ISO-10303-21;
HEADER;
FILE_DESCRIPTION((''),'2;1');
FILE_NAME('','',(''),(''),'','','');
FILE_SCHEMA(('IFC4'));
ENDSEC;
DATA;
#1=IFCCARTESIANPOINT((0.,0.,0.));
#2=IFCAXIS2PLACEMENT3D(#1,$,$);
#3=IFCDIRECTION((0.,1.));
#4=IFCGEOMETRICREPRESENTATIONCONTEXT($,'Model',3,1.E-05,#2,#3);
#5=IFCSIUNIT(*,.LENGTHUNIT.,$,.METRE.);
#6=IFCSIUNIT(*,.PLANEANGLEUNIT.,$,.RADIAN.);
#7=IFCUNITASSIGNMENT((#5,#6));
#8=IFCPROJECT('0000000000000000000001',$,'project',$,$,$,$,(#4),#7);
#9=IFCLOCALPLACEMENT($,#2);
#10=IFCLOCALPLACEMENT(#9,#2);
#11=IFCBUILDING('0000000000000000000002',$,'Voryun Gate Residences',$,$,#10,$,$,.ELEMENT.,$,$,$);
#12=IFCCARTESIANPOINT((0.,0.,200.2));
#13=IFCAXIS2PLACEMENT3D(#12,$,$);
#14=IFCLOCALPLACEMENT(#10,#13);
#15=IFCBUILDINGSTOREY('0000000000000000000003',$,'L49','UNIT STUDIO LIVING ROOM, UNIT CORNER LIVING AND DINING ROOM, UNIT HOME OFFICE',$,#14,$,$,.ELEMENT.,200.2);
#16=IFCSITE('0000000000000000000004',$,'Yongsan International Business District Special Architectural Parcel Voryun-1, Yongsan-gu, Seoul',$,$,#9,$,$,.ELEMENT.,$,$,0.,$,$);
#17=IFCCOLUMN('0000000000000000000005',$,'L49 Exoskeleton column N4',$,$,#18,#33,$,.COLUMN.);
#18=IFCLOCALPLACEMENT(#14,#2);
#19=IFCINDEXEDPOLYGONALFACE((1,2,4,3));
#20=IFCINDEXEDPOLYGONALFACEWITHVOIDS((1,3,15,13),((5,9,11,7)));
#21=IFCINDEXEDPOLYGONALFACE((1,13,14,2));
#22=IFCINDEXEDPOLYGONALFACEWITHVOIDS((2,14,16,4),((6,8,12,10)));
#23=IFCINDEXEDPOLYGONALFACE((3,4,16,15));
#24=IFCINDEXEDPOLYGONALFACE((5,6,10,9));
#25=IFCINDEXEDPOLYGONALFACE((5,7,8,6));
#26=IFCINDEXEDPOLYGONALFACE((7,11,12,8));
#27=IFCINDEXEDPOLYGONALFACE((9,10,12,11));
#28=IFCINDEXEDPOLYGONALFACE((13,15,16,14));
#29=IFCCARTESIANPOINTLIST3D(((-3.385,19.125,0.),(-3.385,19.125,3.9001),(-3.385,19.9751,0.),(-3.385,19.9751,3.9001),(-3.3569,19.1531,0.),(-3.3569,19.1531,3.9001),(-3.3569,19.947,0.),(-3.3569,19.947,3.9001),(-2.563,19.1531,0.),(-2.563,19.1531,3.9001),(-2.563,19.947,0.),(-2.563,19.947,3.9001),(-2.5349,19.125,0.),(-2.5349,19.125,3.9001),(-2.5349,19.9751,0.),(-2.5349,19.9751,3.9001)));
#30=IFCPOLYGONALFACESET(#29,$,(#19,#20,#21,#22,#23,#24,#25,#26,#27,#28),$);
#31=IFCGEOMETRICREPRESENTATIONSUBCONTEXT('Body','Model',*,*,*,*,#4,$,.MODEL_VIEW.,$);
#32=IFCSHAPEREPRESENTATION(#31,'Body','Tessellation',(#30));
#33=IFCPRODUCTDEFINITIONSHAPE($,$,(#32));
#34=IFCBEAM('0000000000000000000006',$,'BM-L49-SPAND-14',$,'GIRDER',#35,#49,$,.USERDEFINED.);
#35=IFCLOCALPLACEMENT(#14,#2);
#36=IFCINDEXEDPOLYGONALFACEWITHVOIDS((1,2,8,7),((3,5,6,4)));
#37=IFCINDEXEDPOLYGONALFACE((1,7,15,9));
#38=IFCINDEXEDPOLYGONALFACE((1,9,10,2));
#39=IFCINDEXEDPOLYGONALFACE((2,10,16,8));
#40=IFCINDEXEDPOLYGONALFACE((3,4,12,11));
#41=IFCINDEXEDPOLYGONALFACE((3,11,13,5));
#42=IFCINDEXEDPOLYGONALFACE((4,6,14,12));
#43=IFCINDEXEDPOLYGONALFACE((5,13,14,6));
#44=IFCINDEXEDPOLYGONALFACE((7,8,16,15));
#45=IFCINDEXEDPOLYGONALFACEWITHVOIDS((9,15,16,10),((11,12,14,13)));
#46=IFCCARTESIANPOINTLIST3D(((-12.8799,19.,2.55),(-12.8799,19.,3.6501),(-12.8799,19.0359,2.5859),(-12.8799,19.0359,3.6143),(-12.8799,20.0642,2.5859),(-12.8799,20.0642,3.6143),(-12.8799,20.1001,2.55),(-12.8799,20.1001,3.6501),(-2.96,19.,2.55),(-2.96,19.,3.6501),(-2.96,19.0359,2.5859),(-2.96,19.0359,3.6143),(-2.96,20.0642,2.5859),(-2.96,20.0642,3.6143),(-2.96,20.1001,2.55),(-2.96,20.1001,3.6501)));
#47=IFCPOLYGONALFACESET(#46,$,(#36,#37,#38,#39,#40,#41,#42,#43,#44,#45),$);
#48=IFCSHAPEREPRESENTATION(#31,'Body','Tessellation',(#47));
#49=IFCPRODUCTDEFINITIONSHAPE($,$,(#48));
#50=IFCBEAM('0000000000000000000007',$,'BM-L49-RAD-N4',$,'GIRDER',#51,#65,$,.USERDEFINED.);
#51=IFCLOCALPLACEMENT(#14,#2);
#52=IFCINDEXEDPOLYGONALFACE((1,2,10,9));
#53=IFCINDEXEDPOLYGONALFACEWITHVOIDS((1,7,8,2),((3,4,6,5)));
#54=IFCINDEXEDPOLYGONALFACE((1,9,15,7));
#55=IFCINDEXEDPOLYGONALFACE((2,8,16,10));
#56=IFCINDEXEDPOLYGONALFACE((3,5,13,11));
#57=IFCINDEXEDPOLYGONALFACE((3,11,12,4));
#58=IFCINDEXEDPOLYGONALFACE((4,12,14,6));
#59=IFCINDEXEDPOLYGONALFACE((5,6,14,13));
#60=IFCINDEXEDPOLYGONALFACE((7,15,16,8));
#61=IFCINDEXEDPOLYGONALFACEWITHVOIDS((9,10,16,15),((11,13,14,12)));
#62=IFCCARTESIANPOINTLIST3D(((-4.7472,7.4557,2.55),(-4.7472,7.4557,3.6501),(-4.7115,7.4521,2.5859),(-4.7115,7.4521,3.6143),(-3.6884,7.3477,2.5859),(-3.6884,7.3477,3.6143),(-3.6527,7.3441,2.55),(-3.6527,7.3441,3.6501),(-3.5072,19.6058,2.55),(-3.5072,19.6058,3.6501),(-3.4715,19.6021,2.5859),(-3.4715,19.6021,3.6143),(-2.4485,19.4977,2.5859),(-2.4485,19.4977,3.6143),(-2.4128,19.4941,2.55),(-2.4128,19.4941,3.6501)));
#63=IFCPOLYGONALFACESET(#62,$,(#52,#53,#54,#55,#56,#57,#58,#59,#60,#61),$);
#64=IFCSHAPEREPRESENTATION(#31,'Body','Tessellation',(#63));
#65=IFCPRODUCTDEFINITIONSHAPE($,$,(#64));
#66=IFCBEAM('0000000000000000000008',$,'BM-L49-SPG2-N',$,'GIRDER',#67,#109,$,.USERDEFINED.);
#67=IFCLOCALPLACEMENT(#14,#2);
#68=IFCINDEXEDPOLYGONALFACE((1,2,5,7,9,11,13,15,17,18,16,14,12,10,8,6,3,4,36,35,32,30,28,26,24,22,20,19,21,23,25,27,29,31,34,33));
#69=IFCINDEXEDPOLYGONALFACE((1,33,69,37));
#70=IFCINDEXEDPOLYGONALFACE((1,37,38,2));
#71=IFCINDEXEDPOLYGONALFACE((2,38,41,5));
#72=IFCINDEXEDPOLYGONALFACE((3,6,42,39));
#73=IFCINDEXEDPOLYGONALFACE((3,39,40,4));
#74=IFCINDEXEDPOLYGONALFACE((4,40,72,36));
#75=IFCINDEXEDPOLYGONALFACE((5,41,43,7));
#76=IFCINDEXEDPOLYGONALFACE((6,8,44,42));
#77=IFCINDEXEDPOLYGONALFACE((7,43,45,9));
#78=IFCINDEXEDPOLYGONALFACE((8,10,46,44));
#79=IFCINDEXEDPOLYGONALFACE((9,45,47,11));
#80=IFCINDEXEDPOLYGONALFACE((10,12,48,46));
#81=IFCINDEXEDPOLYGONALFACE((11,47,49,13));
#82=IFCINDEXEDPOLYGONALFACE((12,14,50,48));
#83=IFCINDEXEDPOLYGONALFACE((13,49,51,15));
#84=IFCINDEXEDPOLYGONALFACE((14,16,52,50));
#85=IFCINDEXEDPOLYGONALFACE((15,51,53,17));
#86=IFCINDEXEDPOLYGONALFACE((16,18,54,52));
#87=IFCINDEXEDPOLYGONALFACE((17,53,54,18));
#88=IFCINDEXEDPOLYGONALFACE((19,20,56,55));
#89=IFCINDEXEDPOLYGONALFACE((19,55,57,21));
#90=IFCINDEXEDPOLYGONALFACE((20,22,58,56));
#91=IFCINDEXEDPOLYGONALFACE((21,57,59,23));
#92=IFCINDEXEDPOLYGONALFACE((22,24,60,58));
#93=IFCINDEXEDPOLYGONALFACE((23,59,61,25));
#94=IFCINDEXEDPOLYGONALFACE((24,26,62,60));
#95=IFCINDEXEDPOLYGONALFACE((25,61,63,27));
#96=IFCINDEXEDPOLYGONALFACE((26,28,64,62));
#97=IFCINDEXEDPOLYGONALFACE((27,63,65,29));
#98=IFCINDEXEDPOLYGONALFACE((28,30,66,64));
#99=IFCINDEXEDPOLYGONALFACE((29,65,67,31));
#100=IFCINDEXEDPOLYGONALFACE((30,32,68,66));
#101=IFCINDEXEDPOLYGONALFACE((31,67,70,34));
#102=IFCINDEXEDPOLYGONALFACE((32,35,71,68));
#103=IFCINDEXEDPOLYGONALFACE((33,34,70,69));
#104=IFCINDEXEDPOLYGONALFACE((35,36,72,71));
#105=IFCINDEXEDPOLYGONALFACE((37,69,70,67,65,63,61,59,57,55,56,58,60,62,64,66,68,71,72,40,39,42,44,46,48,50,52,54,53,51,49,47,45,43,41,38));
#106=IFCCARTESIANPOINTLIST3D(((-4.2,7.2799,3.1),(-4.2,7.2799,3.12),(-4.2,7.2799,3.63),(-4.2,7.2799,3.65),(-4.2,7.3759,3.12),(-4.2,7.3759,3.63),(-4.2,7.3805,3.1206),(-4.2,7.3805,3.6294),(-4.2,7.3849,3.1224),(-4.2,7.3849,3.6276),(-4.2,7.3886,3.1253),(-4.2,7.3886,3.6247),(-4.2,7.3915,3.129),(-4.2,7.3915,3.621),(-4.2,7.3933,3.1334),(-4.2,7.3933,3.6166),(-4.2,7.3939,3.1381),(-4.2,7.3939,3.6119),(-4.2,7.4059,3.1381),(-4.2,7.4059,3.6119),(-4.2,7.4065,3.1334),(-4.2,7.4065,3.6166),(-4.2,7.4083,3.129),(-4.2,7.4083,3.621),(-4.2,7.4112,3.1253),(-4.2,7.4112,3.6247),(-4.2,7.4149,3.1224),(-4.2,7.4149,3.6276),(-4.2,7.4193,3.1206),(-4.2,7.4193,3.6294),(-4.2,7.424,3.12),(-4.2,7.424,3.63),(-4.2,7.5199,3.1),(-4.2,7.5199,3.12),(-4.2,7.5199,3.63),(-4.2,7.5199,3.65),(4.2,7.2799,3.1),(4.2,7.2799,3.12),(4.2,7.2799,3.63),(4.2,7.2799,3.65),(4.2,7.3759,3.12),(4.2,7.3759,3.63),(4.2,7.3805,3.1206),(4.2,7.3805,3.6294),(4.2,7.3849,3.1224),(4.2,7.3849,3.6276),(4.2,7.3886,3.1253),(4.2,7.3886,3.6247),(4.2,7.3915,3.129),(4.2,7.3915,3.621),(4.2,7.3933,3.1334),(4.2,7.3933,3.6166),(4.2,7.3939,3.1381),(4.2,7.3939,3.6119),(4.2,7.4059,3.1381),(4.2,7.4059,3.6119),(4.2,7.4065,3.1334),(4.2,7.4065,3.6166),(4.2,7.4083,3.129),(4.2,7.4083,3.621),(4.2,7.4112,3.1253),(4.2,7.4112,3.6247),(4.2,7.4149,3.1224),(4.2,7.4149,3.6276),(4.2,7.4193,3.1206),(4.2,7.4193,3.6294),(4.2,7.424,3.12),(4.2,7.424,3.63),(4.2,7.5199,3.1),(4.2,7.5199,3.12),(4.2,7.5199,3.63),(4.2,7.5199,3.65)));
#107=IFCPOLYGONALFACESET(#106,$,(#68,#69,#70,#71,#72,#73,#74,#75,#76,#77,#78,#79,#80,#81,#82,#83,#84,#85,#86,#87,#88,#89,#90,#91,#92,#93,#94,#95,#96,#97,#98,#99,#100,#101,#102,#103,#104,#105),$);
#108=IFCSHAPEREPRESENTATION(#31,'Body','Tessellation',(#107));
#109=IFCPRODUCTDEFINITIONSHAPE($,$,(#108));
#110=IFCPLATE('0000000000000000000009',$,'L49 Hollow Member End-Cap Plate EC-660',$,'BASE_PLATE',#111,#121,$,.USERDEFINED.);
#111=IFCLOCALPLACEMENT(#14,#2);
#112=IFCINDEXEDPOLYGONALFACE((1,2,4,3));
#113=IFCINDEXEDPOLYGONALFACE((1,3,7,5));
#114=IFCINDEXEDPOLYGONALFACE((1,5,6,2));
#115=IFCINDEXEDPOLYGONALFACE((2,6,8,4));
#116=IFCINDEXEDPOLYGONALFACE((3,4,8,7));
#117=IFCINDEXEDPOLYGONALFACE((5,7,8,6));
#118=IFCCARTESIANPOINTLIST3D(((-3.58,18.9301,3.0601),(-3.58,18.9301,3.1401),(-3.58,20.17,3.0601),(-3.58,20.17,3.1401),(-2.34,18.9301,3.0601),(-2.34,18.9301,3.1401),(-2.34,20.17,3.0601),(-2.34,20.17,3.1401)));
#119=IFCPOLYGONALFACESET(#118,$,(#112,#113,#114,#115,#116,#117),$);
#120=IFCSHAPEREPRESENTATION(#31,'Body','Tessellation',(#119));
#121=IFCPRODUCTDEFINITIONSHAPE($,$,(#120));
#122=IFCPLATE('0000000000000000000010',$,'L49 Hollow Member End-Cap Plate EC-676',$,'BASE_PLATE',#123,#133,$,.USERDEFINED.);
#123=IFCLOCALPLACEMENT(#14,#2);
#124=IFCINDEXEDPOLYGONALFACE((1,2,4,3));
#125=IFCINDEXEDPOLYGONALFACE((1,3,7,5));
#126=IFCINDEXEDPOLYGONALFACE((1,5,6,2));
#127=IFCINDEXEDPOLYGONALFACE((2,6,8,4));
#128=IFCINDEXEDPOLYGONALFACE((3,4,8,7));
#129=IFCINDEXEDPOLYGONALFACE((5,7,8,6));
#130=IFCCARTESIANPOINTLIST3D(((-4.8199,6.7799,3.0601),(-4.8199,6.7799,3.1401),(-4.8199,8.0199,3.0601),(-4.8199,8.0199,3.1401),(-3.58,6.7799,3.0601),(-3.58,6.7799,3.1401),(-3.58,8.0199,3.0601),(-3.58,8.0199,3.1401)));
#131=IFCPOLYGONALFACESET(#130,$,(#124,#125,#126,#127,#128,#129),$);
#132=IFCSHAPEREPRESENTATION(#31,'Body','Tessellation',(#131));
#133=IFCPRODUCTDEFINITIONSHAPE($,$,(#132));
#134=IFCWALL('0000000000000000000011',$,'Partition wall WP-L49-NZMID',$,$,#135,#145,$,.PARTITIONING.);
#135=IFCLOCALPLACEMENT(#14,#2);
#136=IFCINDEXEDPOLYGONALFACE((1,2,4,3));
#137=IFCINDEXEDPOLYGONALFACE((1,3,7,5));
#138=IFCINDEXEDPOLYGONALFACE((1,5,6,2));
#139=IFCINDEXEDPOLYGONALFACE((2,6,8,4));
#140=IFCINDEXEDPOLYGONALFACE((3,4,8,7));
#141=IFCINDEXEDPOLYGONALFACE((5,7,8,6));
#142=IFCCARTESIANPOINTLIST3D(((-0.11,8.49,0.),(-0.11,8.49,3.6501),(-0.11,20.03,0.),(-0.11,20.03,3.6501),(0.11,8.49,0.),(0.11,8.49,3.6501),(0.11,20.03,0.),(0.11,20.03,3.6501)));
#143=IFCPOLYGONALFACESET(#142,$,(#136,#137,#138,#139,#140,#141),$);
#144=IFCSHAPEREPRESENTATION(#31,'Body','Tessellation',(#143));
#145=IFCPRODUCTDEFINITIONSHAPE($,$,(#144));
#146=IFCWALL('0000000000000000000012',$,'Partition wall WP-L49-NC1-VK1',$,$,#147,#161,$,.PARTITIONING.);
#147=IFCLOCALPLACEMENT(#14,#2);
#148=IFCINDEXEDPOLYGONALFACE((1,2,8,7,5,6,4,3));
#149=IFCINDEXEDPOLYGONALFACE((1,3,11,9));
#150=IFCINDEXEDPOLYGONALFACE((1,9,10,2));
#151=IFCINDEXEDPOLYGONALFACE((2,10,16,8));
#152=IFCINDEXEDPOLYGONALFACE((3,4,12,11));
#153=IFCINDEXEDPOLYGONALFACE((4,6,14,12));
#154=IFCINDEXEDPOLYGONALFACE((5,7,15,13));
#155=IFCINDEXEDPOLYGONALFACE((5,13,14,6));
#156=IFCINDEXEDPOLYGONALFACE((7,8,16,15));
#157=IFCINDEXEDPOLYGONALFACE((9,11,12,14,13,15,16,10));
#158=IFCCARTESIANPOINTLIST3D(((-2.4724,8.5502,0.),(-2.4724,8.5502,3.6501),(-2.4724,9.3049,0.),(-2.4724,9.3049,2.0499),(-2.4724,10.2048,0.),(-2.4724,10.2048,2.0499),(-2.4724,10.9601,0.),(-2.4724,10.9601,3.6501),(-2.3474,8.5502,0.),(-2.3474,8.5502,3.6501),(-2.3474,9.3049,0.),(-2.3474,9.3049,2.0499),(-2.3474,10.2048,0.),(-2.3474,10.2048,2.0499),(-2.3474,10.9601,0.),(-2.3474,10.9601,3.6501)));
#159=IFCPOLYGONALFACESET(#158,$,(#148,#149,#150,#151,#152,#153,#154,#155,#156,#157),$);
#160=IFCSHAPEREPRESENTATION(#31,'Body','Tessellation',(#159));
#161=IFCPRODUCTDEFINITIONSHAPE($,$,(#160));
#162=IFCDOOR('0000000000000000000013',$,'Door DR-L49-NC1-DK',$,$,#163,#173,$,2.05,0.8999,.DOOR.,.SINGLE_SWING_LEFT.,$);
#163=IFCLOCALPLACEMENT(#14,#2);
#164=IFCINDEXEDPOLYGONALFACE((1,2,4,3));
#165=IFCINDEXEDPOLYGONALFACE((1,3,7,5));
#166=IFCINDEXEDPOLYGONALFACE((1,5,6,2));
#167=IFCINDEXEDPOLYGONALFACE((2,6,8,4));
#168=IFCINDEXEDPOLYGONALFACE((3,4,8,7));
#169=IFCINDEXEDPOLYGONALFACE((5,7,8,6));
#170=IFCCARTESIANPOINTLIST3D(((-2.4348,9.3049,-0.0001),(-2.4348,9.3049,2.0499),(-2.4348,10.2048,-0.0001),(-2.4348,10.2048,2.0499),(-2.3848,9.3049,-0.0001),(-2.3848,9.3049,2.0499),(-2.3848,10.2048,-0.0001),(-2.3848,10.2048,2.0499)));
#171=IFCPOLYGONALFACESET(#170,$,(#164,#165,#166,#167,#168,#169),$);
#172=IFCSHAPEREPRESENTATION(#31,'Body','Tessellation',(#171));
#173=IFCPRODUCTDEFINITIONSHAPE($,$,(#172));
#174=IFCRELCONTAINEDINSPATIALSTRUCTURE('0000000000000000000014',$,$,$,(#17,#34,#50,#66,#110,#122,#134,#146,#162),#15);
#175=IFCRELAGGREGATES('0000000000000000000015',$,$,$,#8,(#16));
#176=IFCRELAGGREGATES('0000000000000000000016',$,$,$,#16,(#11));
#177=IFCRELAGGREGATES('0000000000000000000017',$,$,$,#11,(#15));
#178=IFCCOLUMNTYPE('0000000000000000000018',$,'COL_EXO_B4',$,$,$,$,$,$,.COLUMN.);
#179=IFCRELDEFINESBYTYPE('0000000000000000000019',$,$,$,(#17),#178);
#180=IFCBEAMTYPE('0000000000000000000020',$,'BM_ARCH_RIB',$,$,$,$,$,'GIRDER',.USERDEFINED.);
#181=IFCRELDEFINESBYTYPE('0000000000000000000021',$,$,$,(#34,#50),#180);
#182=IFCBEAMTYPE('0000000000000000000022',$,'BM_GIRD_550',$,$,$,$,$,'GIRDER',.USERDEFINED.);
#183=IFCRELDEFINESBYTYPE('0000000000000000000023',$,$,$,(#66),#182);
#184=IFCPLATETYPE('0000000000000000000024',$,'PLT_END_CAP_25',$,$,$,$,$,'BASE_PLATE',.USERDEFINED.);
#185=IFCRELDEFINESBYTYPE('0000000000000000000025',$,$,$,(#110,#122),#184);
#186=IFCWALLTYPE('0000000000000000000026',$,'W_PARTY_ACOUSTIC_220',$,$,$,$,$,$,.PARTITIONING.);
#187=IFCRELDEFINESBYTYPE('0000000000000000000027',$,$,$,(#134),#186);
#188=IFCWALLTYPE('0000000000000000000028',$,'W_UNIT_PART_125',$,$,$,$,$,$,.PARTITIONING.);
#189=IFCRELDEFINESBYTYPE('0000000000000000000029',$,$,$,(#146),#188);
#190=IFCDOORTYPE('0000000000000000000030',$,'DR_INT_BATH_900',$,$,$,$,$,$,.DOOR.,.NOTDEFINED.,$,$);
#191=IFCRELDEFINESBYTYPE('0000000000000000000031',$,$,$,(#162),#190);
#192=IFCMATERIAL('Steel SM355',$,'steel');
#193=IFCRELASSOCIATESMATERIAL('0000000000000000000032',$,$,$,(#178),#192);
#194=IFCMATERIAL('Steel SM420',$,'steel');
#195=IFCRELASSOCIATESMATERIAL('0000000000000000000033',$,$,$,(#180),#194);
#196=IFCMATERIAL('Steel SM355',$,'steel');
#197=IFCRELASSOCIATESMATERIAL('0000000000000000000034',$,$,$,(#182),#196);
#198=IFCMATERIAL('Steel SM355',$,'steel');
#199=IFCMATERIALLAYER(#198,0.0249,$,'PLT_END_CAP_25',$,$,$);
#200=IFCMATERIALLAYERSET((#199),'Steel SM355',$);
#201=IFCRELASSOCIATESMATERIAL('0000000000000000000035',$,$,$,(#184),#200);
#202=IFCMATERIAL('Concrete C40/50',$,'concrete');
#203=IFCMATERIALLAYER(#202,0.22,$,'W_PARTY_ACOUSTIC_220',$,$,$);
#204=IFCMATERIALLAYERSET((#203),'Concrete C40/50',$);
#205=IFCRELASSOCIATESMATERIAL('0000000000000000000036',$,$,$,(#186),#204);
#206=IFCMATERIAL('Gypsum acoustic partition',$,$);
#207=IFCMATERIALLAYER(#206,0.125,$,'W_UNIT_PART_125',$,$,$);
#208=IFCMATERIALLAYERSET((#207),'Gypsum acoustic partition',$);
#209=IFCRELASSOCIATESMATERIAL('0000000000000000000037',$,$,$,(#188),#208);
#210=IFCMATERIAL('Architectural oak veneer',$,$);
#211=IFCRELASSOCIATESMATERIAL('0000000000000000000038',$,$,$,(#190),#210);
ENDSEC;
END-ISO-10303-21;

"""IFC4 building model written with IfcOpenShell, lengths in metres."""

from ifc_helpers import new_model, si_unit, direction, frame, frame_2d, origin, origin_2d, place, context, subcontext, project, spatial, rectangle, hollow_rectangle, i_section, extrude, material, layer, layer_set, material_profile, profile_set, type_object, element, fill, save


model = new_model("IFC4")

# Units and contexts
model_context = context("Model", 3, precision=1e-05, world=origin(), true_north=direction((0.0, 1.0)))
body_context = subcontext(model_context, "Body", "Model", "MODEL_VIEW")
ifc_project = project(units=[si_unit("LENGTHUNIT", "METRE"), si_unit("PLANEANGLEUNIT", "RADIAN")], contexts=[model_context])

# Site, building, storey
site_placement = place(None, origin())
site = spatial("IfcSite", under=ifc_project, at=site_placement, Name="Yongsan International Business District Special Architectural Parcel Voryun-1, Yongsan-gu, Seoul", CompositionType="ELEMENT", RefElevation=0.0)
building_placement = place(site_placement, origin())
building = spatial("IfcBuilding", under=site, at=building_placement, Name="Voryun Gate Residences", CompositionType="ELEMENT")
storey_placement = place(building_placement, frame((0.0, 0.0, 200.2)))
storey = spatial("IfcBuildingStorey", under=building, at=storey_placement, Name="L49", Description="UNIT STUDIO LIVING ROOM, UNIT CORNER LIVING AND DINING ROOM, UNIT HOME OFFICE", CompositionType="ELEMENT", Elevation=200.2)

# Column
ifc_material_1 = material(Name="Steel SM355", Category="steel")
ifc_material_profile_1 = material_profile(ifc_material_1, hollow_rectangle(XDim=0.8501, YDim=0.8501, WallThickness=0.0281, at=origin_2d()), Name="BOX-850x850x28")
ifc_profile_set_1 = profile_set([ifc_material_profile_1], Name="Steel SM355")
column_type = type_object("IfcColumnType", Name="COL_EXO_B4", PredefinedType="COLUMN", material=ifc_profile_set_1)
column_placement = place(storey_placement, frame((-2.96, 19.55, 0.0), z_axis=(0.0, 0.0, 1.0), x_axis=(1.0, 0.0, 0.0)))
element("IfcColumn", 1, at=column_placement, inside=storey, type_object=column_type, Name="L49 Exoskeleton column N4", PredefinedType="COLUMN", context=body_context, shape_type="SweptSolid", body=[
    extrude(hollow_rectangle(XDim=0.8501, YDim=0.8501, WallThickness=0.0281, at=origin_2d()), origin(), (0.0, 0.0, 1.0), 3.9001),
])

# Beams
ifc_material_2 = material(Name="Steel SM420", Category="steel")
ifc_material_profile_2 = material_profile(ifc_material_2, hollow_rectangle(XDim=1.1001, YDim=1.1001, WallThickness=0.0359, at=origin_2d()), Name="BOX-1100x1100x36")
ifc_profile_set_2 = profile_set([ifc_material_profile_2], Name="Steel SM420")
beam_type_1 = type_object("IfcBeamType", Name="BM_ARCH_RIB", ElementType="GIRDER", PredefinedType="USERDEFINED", material=ifc_profile_set_2)
beam_1_placement = place(storey_placement, frame((-2.96, 19.55, 3.1001), z_axis=(-1.0, 0.0, 0.0), x_axis=(0.0, -1.0, 0.0)))
element("IfcBeam", 2, at=beam_1_placement, inside=storey, type_object=beam_type_1, Name="BM-L49-SPAND-14", ObjectType="GIRDER", PredefinedType="USERDEFINED", context=body_context, shape_type="SweptSolid", body=[
    extrude(hollow_rectangle(XDim=1.1001, YDim=1.1001, WallThickness=0.0359, at=origin_2d()), origin(), (0.0, 0.0, 1.0), 9.9199),
])
beam_2_placement = place(storey_placement, frame((-4.2, 7.3999, 3.1001), z_axis=(0.101528, 0.994833, 0.0), x_axis=(-0.994833, 0.101528, 0.0)))
element("IfcBeam", 3, at=beam_2_placement, inside=storey, type_object=beam_type_1, Name="BM-L49-RAD-N4", ObjectType="GIRDER", PredefinedType="USERDEFINED", context=body_context, shape_type="SweptSolid", body=[
    extrude(hollow_rectangle(XDim=1.1001, YDim=1.1001, WallThickness=0.0359, at=origin_2d()), origin(), (0.0, 0.0, 1.0), 12.2131),
])
ifc_material_3 = material(Name="Steel SM355", Category="steel")
ifc_material_profile_3 = material_profile(ifc_material_3, i_section(OverallWidth=0.24, OverallDepth=0.55, WebThickness=0.012, FlangeThickness=0.02, FilletRadius=0.0181, at=origin_2d()), Name="H-550x240x12x20")
ifc_profile_set_3 = profile_set([ifc_material_profile_3], Name="Steel SM355")
beam_type_2 = type_object("IfcBeamType", Name="BM_GIRD_550", ElementType="GIRDER", PredefinedType="USERDEFINED", material=ifc_profile_set_3)
beam_3_placement = place(storey_placement, frame((-4.2, 7.3999, 3.375), z_axis=(1.0, 0.0, 0.0), x_axis=(0.0, 1.0, 0.0)))
element("IfcBeam", 4, at=beam_3_placement, inside=storey, type_object=beam_type_2, Name="BM-L49-SPG2-N", ObjectType="GIRDER", PredefinedType="USERDEFINED", context=body_context, shape_type="SweptSolid", body=[
    extrude(i_section(OverallWidth=0.24, OverallDepth=0.55, WebThickness=0.012, FlangeThickness=0.02, FilletRadius=0.0181, at=origin_2d()), origin(), (0.0, 0.0, 1.0), 8.3999),
])

# Plates
ifc_material_4 = material(Name="Steel SM355", Category="steel")
ifc_layer_1 = layer(ifc_material_4, 0.0249, Name="PLT_END_CAP_25")
ifc_layer_set_1 = layer_set([ifc_layer_1], Name="Steel SM355")
plate_type = type_object("IfcPlateType", Name="PLT_END_CAP_25", ElementType="BASE_PLATE", PredefinedType="USERDEFINED", material=ifc_layer_set_1)
for number, where, z_axis, x_axis, name in (
    (5, (-2.96, 19.55, 3.0601), (0.0, 0.0, 1.0), (1.0, 0.0, 0.0), "L49 Hollow Member End-Cap Plate EC-660"),
    (6, (-4.2, 7.3999, 3.0601), (0.0, 0.0, 1.0), (1.0, 0.0, 0.0), "L49 Hollow Member End-Cap Plate EC-676"),
):
    element("IfcPlate", number, at=place(storey_placement, frame(where, z_axis=z_axis, x_axis=x_axis)), inside=storey, type_object=plate_type, Name=name, ObjectType="BASE_PLATE", PredefinedType="USERDEFINED", context=body_context, shape_type="SweptSolid", body=[
        extrude(rectangle(XDim=1.24, YDim=1.24, at=origin_2d()), origin(), (0.0, 0.0, 1.0), 0.0801),
    ])

# Wall
ifc_material_5 = material(Name="Concrete C40/50", Category="concrete")
ifc_layer_2 = layer(ifc_material_5, 0.22, Name="W_PARTY_ACOUSTIC_220")
ifc_layer_set_2 = layer_set([ifc_layer_2], Name="Concrete C40/50")
wall_type_1 = type_object("IfcWallType", Name="W_PARTY_ACOUSTIC_220", PredefinedType="PARTITIONING", material=ifc_layer_set_2)
wall_1_placement = place(storey_placement, frame((0.0, 8.49, 0.0), z_axis=(0.0, 0.0, 1.0), x_axis=(0.0, 1.0, 0.0)))
element("IfcWall", 7, at=wall_1_placement, inside=storey, type_object=wall_type_1, Name="Partition wall WP-L49-NZMID", PredefinedType="PARTITIONING", context=body_context, shape_type="SweptSolid", body=[
    extrude(rectangle(XDim=11.54, YDim=0.22, at=frame_2d((5.77, 0.0))), origin(), (0.0, 0.0, 1.0), 3.6501),
])

# Wall, opening, door
ifc_material_6 = material(Name="Gypsum acoustic partition")
ifc_layer_3 = layer(ifc_material_6, 0.125, Name="W_UNIT_PART_125")
ifc_layer_set_3 = layer_set([ifc_layer_3], Name="Gypsum acoustic partition")
wall_type_2 = type_object("IfcWallType", Name="W_UNIT_PART_125", PredefinedType="PARTITIONING", material=ifc_layer_set_3)
wall_2_placement = place(storey_placement, frame((-2.4099, 8.55, 0.0), z_axis=(0.0, 0.0, 1.0), x_axis=(0.0, 1.0, 0.0)))
wall_2 = element("IfcWall", 8, at=wall_2_placement, inside=storey, type_object=wall_type_2, Name="Partition wall WP-L49-NC1-VK1", PredefinedType="PARTITIONING", context=body_context, shape_type="SweptSolid", body=[
    extrude(rectangle(XDim=2.4099, YDim=0.125, at=frame_2d((1.2051, 0.0))), origin(), (0.0, 0.0, 1.0), 3.6501),
])
opening_1_placement = place(wall_2_placement, frame((0.7549, 0.0, 0.0)))
opening_1 = element("IfcOpeningElement", 9, at=opening_1_placement, cuts=wall_2, PredefinedType="OPENING", context=body_context, shape_type="SweptSolid", body=[
    extrude(rectangle(XDim=0.8999, YDim=2.05, at=frame_2d((0.45, 1.0249))), frame((0.0, 0.0725, 0.0), z_axis=(0.0, -1.0, 0.0), x_axis=(1.0, 0.0, 0.0)), (0.0, 0.0, 1.0), 0.145),
])
ifc_material_7 = material(Name="Architectural oak veneer")
door_type = type_object("IfcDoorType", Name="DR_INT_BATH_900", OperationType="NOTDEFINED", PredefinedType="DOOR", material=ifc_material_7)
door_1_placement = place(opening_1_placement, origin())
door_1 = element("IfcDoor", 10, at=door_1_placement, inside=storey, type_object=door_type, Name="Door DR-L49-NC1-DK", OperationType="SINGLE_SWING_LEFT", OverallHeight=2.05, OverallWidth=0.8999, PredefinedType="DOOR", context=body_context, shape_type="SweptSolid", body=[
    extrude(rectangle(XDim=0.8999, YDim=2.05, at=frame_2d((0.45, 1.0249))), frame((0.0, 0.0249, 0.0), z_axis=(0.0, -1.0, 0.0), x_axis=(1.0, 0.0, 0.0)), (0.0, 0.0, 1.0), 0.05),
])
fill(opening_1, door_1)

save(model, "model.ifc")
